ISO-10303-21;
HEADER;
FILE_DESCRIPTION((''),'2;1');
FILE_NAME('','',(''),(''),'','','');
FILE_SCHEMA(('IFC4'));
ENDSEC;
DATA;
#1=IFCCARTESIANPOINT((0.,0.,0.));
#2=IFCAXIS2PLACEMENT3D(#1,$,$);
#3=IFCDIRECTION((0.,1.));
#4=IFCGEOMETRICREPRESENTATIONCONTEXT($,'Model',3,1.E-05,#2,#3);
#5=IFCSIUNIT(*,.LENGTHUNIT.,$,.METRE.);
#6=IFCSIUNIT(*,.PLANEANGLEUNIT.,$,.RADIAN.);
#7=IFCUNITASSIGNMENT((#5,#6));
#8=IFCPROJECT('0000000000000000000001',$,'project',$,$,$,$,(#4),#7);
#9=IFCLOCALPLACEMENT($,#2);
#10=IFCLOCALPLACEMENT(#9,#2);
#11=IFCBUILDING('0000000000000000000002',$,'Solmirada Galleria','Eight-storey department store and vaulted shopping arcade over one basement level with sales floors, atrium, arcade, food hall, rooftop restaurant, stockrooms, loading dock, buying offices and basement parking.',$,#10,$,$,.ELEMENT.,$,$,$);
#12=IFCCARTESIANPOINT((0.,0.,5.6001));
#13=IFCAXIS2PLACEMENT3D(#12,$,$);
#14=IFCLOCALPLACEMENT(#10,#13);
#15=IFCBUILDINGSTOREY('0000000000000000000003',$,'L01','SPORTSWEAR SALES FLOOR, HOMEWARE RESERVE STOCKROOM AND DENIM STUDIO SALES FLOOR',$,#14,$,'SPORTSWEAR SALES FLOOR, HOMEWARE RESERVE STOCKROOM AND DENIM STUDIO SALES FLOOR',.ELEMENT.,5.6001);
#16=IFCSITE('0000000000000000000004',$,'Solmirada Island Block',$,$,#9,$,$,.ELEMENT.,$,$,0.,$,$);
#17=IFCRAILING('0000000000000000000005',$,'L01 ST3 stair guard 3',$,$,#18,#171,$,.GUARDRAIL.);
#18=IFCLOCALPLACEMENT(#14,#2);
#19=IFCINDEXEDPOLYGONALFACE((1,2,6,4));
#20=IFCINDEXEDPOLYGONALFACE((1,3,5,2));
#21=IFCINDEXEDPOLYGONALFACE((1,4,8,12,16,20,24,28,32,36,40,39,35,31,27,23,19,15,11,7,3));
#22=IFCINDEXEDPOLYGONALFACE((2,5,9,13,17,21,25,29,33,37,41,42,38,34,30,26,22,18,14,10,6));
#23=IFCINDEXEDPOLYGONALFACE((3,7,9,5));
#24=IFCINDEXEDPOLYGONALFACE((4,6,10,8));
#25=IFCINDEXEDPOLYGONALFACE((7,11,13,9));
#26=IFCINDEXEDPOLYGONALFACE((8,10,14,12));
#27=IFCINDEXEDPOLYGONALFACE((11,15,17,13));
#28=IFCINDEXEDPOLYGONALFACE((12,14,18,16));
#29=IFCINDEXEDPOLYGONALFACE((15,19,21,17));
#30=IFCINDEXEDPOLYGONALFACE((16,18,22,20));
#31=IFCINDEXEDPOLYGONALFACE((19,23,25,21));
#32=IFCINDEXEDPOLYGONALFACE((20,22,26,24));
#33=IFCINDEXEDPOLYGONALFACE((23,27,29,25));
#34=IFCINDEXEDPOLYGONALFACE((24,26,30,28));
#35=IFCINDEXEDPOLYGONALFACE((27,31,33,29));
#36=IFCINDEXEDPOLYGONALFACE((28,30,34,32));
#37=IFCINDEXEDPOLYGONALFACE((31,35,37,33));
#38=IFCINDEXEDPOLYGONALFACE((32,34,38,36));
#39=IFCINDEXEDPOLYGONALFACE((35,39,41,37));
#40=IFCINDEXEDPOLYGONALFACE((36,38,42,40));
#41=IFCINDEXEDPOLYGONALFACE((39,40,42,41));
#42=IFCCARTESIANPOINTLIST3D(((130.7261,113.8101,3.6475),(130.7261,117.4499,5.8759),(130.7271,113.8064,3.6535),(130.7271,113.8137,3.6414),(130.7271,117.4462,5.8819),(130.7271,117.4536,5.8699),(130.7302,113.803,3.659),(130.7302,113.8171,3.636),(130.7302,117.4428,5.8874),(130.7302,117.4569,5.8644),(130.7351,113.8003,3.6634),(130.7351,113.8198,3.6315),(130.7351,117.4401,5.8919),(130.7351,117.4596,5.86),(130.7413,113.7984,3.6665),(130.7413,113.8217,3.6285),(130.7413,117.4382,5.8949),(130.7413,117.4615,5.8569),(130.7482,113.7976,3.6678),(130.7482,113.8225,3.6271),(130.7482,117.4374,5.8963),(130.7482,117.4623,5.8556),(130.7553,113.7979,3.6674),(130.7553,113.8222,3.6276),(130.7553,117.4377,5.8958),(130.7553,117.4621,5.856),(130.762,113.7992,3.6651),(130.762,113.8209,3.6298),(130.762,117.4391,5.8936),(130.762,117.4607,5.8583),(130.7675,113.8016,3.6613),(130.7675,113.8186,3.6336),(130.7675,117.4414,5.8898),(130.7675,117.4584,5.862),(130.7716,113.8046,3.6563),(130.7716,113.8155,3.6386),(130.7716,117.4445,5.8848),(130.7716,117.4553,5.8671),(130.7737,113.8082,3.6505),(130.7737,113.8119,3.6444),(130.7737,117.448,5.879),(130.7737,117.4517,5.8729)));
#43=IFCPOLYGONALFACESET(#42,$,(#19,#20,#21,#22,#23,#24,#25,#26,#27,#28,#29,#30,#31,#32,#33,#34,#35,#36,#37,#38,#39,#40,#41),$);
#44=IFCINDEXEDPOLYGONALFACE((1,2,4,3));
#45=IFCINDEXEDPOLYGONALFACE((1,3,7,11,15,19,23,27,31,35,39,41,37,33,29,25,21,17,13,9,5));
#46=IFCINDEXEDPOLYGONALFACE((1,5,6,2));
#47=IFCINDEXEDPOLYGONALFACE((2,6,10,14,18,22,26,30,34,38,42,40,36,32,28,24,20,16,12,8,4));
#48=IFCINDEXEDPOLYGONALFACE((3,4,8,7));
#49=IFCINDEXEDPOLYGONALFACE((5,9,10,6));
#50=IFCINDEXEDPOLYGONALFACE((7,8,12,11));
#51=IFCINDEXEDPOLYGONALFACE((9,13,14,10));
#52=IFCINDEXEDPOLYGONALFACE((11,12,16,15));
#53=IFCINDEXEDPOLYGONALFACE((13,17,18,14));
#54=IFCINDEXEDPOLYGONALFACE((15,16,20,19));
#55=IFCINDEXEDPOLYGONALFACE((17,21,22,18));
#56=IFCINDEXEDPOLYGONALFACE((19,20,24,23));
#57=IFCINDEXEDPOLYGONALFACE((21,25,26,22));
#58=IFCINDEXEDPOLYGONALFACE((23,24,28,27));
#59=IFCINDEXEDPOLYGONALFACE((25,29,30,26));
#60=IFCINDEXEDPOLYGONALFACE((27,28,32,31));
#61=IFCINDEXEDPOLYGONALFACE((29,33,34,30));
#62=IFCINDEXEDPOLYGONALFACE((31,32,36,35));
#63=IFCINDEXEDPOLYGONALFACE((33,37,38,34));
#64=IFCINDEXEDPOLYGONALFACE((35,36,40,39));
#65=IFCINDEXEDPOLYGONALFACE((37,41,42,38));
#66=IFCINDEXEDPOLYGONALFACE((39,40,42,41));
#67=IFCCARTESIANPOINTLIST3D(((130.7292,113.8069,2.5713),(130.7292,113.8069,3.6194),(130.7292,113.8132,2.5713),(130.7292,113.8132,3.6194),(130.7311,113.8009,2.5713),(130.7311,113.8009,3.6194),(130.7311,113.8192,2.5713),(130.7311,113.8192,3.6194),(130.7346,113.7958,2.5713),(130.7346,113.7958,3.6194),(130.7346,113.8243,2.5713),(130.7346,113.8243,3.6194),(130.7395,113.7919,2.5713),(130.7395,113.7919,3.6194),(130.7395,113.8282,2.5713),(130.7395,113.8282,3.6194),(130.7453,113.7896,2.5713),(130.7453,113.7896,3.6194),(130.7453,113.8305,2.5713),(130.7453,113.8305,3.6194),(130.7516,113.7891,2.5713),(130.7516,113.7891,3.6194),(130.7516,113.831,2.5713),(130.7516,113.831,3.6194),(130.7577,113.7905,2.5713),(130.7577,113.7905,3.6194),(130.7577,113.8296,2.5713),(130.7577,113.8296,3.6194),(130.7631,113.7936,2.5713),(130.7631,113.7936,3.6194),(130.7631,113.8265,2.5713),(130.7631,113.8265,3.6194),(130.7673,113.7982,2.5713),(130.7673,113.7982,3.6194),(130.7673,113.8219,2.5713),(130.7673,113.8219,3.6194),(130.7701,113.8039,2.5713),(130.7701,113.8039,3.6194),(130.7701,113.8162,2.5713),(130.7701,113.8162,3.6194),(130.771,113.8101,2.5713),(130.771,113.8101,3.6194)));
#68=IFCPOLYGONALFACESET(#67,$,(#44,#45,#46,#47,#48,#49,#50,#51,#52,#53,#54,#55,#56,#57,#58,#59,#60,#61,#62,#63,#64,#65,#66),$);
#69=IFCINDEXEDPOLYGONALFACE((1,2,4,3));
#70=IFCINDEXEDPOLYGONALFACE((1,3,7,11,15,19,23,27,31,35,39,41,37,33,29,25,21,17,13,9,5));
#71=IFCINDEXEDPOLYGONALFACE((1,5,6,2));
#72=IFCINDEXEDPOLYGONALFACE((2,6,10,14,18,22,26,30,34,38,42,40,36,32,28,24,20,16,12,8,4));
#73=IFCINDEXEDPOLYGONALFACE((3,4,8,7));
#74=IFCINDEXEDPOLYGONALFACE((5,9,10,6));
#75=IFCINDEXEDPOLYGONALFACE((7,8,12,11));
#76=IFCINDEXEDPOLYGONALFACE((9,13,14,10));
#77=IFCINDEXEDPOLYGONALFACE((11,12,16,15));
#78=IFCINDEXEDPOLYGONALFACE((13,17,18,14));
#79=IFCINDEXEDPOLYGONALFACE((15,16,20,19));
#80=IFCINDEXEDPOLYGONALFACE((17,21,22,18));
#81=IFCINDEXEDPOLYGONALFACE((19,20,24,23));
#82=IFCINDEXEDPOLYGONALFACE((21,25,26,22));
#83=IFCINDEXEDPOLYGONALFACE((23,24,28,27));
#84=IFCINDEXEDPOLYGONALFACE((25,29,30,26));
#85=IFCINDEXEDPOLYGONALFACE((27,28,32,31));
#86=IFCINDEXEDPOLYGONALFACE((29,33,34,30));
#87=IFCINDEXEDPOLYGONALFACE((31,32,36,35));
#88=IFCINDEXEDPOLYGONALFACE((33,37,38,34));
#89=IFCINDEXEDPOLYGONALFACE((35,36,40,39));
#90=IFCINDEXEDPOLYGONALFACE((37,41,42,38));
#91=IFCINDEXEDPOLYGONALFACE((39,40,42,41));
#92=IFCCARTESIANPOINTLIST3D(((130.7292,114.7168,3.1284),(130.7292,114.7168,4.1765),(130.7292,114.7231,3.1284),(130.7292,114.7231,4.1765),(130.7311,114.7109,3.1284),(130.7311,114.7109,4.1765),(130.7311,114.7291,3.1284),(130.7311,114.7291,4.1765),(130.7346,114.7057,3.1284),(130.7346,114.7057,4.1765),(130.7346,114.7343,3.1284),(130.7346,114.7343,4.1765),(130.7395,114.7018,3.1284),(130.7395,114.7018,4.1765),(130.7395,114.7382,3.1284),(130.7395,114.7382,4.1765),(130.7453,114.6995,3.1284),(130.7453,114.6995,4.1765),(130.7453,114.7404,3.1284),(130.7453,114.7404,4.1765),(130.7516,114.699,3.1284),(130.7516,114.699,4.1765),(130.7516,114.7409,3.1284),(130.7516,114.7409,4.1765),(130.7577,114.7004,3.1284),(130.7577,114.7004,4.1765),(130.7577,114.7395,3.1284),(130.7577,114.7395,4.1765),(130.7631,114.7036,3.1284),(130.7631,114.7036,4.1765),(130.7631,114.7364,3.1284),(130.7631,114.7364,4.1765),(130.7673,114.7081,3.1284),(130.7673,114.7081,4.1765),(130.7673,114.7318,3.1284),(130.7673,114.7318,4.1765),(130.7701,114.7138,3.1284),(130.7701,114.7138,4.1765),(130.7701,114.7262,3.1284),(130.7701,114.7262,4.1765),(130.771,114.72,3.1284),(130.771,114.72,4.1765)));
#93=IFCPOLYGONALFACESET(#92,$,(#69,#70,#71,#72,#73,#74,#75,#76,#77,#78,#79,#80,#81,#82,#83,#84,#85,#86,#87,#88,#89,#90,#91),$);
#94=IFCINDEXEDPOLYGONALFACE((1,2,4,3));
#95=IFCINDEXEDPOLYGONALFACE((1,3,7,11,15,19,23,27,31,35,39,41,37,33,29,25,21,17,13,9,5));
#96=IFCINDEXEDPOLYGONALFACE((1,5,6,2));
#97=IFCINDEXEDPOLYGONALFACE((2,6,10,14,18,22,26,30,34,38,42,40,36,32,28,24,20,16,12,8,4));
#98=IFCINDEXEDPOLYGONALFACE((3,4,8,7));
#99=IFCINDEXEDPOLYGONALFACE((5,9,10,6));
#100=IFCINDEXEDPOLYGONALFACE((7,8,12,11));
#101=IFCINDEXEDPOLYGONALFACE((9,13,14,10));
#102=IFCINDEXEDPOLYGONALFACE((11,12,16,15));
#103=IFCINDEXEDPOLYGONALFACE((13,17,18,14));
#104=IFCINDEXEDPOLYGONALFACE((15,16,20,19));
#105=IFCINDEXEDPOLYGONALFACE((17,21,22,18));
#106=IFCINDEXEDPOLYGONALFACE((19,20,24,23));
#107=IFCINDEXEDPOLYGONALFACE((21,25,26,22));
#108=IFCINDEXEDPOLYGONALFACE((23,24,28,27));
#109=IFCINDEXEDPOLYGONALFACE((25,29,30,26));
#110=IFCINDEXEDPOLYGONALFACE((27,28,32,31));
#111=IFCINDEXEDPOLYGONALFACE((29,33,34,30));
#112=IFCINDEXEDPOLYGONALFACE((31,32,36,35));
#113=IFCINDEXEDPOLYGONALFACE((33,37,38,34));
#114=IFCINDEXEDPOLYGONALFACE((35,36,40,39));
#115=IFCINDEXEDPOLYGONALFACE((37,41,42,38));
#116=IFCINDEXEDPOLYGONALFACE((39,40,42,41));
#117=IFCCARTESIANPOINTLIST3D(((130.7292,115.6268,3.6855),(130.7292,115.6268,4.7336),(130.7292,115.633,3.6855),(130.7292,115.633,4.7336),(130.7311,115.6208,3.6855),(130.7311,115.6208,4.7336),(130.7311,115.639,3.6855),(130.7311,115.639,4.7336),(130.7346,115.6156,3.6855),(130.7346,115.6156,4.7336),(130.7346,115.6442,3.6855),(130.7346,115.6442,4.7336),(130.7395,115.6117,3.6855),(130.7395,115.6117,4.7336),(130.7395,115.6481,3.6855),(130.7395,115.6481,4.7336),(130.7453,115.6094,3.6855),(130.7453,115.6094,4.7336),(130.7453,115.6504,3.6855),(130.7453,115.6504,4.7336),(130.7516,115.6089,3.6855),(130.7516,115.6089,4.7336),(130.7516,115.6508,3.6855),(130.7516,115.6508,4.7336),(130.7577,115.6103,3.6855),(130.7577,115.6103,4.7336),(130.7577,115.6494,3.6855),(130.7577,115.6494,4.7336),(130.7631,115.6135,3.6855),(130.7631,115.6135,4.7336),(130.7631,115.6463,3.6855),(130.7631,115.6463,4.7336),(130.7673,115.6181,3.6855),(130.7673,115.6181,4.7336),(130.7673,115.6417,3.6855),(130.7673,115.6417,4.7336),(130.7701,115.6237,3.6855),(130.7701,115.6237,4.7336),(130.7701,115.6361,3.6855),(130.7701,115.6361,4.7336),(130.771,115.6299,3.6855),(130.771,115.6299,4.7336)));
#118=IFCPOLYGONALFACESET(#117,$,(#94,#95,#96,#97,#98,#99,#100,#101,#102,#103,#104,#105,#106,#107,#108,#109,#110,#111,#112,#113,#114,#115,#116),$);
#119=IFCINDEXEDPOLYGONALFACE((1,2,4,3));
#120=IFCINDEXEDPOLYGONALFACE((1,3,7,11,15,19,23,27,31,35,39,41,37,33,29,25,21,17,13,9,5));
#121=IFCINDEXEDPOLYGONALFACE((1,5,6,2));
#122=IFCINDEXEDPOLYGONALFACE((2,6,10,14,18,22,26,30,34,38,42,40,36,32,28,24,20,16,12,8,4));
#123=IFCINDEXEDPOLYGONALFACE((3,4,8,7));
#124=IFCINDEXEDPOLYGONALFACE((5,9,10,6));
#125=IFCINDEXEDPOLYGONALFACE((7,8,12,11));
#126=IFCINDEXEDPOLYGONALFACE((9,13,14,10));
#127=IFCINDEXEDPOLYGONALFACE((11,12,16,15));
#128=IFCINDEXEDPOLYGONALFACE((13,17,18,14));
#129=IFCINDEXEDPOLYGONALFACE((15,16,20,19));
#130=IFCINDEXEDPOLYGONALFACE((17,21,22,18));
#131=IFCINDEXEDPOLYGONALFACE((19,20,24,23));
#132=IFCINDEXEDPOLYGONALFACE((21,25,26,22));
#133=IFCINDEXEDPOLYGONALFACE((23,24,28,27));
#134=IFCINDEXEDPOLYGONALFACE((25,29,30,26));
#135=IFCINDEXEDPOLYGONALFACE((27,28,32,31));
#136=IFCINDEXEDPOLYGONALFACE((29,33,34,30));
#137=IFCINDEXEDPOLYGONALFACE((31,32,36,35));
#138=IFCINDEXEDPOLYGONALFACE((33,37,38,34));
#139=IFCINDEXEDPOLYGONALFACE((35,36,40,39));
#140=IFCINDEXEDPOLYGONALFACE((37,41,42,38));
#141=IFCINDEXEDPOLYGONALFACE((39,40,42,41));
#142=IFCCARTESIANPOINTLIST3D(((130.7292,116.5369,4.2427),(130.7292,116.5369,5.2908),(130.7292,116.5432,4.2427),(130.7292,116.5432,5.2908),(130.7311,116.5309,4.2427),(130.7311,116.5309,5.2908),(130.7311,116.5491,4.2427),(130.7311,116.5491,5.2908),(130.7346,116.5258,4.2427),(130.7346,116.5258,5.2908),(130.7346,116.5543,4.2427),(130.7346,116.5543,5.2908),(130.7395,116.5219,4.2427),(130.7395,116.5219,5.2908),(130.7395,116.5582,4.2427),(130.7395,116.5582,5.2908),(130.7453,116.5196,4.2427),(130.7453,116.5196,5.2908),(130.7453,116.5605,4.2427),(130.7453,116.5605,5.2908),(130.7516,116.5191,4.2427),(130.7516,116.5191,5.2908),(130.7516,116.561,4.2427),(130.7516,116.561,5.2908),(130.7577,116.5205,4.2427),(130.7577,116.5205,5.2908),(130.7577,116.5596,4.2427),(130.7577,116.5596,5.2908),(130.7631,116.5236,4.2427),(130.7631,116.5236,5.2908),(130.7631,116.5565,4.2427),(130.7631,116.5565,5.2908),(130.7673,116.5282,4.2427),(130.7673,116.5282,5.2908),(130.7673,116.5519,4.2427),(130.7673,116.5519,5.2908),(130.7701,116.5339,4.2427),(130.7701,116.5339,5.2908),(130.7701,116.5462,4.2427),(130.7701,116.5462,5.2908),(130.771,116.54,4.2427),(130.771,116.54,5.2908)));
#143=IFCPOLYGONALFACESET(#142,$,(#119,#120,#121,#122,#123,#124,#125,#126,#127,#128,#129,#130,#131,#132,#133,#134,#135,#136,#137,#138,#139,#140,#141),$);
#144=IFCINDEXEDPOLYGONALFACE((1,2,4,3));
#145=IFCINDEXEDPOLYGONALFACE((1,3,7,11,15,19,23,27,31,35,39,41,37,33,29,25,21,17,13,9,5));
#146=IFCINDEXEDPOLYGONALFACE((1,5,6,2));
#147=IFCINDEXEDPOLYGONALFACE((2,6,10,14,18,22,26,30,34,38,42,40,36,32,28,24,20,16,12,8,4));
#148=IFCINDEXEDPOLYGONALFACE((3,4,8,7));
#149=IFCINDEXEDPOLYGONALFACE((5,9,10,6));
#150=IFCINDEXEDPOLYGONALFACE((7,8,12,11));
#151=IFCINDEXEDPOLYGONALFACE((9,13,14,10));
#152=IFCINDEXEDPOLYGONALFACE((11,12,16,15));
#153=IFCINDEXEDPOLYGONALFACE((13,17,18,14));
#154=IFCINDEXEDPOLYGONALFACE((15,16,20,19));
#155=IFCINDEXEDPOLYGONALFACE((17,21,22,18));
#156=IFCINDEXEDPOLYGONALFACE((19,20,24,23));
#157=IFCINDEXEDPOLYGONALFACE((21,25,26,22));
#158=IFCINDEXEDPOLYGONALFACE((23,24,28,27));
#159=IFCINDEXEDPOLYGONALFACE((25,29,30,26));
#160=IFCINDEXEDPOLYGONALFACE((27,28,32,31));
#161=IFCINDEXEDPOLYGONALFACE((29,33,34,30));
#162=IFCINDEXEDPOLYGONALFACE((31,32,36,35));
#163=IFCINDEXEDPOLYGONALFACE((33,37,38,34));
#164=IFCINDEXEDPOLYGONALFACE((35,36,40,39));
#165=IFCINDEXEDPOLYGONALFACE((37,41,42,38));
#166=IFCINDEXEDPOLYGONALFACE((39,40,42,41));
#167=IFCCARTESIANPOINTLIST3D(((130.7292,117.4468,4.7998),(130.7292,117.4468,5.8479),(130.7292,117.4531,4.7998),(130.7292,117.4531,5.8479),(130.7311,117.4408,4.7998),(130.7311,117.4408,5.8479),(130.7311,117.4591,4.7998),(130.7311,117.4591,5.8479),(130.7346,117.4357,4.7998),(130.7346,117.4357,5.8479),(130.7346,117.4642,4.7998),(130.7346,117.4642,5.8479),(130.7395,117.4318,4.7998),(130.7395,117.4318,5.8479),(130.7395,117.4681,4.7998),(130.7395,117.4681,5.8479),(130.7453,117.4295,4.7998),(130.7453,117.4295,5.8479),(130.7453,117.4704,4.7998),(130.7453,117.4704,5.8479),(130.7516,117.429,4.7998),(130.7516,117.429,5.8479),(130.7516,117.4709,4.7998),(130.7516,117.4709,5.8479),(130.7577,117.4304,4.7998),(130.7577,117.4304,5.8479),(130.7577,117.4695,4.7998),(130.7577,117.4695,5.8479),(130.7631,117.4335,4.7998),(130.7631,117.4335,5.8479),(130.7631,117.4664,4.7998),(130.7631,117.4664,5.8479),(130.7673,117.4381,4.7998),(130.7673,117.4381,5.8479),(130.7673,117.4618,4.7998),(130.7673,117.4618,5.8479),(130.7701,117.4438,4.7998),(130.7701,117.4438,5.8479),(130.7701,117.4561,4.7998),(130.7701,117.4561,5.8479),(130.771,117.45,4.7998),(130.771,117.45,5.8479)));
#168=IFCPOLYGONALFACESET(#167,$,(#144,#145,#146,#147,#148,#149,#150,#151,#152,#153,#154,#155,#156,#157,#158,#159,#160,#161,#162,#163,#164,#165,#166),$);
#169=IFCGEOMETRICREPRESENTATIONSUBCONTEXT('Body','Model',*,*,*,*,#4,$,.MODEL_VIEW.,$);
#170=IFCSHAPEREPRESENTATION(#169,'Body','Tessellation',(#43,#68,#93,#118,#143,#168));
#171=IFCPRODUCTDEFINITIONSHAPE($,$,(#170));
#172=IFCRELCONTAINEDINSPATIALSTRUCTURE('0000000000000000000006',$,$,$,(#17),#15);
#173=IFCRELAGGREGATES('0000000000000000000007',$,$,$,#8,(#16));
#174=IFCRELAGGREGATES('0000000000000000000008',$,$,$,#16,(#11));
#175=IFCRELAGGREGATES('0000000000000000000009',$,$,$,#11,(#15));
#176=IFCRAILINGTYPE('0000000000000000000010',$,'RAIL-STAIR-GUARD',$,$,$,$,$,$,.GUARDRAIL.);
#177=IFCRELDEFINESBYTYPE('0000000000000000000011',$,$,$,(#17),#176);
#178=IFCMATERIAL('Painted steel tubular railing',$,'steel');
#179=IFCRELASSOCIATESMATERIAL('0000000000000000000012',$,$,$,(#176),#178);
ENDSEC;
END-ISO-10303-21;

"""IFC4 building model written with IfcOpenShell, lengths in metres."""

from ifc_helpers import new_model, si_unit, direction, frame, origin, origin_2d, place, context, subcontext, project, spatial, circle, extrude, material, type_object, element, save


model = new_model("IFC4")

# Units and contexts
model_context = context("Model", 3, precision=1e-05, world=origin(), true_north=direction((0.0, 1.0)))
body_context = subcontext(model_context, "Body", "Model", "MODEL_VIEW")
ifc_project = project(units=[si_unit("LENGTHUNIT", "METRE"), si_unit("PLANEANGLEUNIT", "RADIAN")], contexts=[model_context])

# Site, building, storey
site_placement = place(None, origin())
site = spatial("IfcSite", under=ifc_project, at=site_placement, Name="Solmirada Island Block", CompositionType="ELEMENT", RefElevation=0.0)
building_placement = place(site_placement, origin())
building = spatial("IfcBuilding", under=site, at=building_placement, Name="Solmirada Galleria", Description="Eight-storey department store and vaulted shopping arcade over one basement level with sales floors, atrium, arcade, food hall, rooftop restaurant, stockrooms, loading dock, buying offices and basement parking.", CompositionType="ELEMENT")
storey_placement = place(building_placement, frame((0.0, 0.0, 5.6001)))
storey = spatial("IfcBuildingStorey", under=building, at=storey_placement, Name="L01", Description="SPORTSWEAR SALES FLOOR, HOMEWARE RESERVE STOCKROOM AND DENIM STUDIO SALES FLOOR", LongName="SPORTSWEAR SALES FLOOR, HOMEWARE RESERVE STOCKROOM AND DENIM STUDIO SALES FLOOR", CompositionType="ELEMENT", Elevation=5.6001)

# Railing
ifc_material_1 = material(Name="Painted steel tubular railing", Category="steel")
railing_type_1 = type_object("IfcRailingType", Name="RAIL-STAIR-GUARD", PredefinedType="GUARDRAIL", material=ifc_material_1)
railing_1_placement = place(storey_placement, frame((130.75, 113.8101, 2.5713)))
element("IfcRailing", 1, at=railing_1_placement, inside=storey, type_object=railing_type_1, Name="L01 ST3 stair guard 3", PredefinedType="GUARDRAIL", context=body_context, shape_type="SweptSolid", body=[
    extrude(circle(Radius=0.0239, at=origin_2d()), frame((0.0, 0.0, 1.0762), z_axis=(0.0, 0.85285, 0.522156), x_axis=(-1.0, 0.0, 0.0)), (0.0, 0.0, 1.0), 4.2678),
    extrude(circle(Radius=0.021, at=origin_2d()), origin(), (0.0, 0.0, 1.0), 1.0481),
    extrude(circle(Radius=0.021, at=origin_2d()), frame((0.0, 0.9099, 0.5571)), (0.0, 0.0, 1.0), 1.0481),
    extrude(circle(Radius=0.021, at=origin_2d()), frame((0.0, 1.8198, 1.1143)), (0.0, 0.0, 1.0), 1.0481),
    extrude(circle(Radius=0.021, at=origin_2d()), frame((0.0, 2.73, 1.6714)), (0.0, 0.0, 1.0), 1.0481),
    extrude(circle(Radius=0.021, at=origin_2d()), frame((0.0, 3.6399, 2.2285)), (0.0, 0.0, 1.0), 1.0481),
])

save(model, "model.ifc")
